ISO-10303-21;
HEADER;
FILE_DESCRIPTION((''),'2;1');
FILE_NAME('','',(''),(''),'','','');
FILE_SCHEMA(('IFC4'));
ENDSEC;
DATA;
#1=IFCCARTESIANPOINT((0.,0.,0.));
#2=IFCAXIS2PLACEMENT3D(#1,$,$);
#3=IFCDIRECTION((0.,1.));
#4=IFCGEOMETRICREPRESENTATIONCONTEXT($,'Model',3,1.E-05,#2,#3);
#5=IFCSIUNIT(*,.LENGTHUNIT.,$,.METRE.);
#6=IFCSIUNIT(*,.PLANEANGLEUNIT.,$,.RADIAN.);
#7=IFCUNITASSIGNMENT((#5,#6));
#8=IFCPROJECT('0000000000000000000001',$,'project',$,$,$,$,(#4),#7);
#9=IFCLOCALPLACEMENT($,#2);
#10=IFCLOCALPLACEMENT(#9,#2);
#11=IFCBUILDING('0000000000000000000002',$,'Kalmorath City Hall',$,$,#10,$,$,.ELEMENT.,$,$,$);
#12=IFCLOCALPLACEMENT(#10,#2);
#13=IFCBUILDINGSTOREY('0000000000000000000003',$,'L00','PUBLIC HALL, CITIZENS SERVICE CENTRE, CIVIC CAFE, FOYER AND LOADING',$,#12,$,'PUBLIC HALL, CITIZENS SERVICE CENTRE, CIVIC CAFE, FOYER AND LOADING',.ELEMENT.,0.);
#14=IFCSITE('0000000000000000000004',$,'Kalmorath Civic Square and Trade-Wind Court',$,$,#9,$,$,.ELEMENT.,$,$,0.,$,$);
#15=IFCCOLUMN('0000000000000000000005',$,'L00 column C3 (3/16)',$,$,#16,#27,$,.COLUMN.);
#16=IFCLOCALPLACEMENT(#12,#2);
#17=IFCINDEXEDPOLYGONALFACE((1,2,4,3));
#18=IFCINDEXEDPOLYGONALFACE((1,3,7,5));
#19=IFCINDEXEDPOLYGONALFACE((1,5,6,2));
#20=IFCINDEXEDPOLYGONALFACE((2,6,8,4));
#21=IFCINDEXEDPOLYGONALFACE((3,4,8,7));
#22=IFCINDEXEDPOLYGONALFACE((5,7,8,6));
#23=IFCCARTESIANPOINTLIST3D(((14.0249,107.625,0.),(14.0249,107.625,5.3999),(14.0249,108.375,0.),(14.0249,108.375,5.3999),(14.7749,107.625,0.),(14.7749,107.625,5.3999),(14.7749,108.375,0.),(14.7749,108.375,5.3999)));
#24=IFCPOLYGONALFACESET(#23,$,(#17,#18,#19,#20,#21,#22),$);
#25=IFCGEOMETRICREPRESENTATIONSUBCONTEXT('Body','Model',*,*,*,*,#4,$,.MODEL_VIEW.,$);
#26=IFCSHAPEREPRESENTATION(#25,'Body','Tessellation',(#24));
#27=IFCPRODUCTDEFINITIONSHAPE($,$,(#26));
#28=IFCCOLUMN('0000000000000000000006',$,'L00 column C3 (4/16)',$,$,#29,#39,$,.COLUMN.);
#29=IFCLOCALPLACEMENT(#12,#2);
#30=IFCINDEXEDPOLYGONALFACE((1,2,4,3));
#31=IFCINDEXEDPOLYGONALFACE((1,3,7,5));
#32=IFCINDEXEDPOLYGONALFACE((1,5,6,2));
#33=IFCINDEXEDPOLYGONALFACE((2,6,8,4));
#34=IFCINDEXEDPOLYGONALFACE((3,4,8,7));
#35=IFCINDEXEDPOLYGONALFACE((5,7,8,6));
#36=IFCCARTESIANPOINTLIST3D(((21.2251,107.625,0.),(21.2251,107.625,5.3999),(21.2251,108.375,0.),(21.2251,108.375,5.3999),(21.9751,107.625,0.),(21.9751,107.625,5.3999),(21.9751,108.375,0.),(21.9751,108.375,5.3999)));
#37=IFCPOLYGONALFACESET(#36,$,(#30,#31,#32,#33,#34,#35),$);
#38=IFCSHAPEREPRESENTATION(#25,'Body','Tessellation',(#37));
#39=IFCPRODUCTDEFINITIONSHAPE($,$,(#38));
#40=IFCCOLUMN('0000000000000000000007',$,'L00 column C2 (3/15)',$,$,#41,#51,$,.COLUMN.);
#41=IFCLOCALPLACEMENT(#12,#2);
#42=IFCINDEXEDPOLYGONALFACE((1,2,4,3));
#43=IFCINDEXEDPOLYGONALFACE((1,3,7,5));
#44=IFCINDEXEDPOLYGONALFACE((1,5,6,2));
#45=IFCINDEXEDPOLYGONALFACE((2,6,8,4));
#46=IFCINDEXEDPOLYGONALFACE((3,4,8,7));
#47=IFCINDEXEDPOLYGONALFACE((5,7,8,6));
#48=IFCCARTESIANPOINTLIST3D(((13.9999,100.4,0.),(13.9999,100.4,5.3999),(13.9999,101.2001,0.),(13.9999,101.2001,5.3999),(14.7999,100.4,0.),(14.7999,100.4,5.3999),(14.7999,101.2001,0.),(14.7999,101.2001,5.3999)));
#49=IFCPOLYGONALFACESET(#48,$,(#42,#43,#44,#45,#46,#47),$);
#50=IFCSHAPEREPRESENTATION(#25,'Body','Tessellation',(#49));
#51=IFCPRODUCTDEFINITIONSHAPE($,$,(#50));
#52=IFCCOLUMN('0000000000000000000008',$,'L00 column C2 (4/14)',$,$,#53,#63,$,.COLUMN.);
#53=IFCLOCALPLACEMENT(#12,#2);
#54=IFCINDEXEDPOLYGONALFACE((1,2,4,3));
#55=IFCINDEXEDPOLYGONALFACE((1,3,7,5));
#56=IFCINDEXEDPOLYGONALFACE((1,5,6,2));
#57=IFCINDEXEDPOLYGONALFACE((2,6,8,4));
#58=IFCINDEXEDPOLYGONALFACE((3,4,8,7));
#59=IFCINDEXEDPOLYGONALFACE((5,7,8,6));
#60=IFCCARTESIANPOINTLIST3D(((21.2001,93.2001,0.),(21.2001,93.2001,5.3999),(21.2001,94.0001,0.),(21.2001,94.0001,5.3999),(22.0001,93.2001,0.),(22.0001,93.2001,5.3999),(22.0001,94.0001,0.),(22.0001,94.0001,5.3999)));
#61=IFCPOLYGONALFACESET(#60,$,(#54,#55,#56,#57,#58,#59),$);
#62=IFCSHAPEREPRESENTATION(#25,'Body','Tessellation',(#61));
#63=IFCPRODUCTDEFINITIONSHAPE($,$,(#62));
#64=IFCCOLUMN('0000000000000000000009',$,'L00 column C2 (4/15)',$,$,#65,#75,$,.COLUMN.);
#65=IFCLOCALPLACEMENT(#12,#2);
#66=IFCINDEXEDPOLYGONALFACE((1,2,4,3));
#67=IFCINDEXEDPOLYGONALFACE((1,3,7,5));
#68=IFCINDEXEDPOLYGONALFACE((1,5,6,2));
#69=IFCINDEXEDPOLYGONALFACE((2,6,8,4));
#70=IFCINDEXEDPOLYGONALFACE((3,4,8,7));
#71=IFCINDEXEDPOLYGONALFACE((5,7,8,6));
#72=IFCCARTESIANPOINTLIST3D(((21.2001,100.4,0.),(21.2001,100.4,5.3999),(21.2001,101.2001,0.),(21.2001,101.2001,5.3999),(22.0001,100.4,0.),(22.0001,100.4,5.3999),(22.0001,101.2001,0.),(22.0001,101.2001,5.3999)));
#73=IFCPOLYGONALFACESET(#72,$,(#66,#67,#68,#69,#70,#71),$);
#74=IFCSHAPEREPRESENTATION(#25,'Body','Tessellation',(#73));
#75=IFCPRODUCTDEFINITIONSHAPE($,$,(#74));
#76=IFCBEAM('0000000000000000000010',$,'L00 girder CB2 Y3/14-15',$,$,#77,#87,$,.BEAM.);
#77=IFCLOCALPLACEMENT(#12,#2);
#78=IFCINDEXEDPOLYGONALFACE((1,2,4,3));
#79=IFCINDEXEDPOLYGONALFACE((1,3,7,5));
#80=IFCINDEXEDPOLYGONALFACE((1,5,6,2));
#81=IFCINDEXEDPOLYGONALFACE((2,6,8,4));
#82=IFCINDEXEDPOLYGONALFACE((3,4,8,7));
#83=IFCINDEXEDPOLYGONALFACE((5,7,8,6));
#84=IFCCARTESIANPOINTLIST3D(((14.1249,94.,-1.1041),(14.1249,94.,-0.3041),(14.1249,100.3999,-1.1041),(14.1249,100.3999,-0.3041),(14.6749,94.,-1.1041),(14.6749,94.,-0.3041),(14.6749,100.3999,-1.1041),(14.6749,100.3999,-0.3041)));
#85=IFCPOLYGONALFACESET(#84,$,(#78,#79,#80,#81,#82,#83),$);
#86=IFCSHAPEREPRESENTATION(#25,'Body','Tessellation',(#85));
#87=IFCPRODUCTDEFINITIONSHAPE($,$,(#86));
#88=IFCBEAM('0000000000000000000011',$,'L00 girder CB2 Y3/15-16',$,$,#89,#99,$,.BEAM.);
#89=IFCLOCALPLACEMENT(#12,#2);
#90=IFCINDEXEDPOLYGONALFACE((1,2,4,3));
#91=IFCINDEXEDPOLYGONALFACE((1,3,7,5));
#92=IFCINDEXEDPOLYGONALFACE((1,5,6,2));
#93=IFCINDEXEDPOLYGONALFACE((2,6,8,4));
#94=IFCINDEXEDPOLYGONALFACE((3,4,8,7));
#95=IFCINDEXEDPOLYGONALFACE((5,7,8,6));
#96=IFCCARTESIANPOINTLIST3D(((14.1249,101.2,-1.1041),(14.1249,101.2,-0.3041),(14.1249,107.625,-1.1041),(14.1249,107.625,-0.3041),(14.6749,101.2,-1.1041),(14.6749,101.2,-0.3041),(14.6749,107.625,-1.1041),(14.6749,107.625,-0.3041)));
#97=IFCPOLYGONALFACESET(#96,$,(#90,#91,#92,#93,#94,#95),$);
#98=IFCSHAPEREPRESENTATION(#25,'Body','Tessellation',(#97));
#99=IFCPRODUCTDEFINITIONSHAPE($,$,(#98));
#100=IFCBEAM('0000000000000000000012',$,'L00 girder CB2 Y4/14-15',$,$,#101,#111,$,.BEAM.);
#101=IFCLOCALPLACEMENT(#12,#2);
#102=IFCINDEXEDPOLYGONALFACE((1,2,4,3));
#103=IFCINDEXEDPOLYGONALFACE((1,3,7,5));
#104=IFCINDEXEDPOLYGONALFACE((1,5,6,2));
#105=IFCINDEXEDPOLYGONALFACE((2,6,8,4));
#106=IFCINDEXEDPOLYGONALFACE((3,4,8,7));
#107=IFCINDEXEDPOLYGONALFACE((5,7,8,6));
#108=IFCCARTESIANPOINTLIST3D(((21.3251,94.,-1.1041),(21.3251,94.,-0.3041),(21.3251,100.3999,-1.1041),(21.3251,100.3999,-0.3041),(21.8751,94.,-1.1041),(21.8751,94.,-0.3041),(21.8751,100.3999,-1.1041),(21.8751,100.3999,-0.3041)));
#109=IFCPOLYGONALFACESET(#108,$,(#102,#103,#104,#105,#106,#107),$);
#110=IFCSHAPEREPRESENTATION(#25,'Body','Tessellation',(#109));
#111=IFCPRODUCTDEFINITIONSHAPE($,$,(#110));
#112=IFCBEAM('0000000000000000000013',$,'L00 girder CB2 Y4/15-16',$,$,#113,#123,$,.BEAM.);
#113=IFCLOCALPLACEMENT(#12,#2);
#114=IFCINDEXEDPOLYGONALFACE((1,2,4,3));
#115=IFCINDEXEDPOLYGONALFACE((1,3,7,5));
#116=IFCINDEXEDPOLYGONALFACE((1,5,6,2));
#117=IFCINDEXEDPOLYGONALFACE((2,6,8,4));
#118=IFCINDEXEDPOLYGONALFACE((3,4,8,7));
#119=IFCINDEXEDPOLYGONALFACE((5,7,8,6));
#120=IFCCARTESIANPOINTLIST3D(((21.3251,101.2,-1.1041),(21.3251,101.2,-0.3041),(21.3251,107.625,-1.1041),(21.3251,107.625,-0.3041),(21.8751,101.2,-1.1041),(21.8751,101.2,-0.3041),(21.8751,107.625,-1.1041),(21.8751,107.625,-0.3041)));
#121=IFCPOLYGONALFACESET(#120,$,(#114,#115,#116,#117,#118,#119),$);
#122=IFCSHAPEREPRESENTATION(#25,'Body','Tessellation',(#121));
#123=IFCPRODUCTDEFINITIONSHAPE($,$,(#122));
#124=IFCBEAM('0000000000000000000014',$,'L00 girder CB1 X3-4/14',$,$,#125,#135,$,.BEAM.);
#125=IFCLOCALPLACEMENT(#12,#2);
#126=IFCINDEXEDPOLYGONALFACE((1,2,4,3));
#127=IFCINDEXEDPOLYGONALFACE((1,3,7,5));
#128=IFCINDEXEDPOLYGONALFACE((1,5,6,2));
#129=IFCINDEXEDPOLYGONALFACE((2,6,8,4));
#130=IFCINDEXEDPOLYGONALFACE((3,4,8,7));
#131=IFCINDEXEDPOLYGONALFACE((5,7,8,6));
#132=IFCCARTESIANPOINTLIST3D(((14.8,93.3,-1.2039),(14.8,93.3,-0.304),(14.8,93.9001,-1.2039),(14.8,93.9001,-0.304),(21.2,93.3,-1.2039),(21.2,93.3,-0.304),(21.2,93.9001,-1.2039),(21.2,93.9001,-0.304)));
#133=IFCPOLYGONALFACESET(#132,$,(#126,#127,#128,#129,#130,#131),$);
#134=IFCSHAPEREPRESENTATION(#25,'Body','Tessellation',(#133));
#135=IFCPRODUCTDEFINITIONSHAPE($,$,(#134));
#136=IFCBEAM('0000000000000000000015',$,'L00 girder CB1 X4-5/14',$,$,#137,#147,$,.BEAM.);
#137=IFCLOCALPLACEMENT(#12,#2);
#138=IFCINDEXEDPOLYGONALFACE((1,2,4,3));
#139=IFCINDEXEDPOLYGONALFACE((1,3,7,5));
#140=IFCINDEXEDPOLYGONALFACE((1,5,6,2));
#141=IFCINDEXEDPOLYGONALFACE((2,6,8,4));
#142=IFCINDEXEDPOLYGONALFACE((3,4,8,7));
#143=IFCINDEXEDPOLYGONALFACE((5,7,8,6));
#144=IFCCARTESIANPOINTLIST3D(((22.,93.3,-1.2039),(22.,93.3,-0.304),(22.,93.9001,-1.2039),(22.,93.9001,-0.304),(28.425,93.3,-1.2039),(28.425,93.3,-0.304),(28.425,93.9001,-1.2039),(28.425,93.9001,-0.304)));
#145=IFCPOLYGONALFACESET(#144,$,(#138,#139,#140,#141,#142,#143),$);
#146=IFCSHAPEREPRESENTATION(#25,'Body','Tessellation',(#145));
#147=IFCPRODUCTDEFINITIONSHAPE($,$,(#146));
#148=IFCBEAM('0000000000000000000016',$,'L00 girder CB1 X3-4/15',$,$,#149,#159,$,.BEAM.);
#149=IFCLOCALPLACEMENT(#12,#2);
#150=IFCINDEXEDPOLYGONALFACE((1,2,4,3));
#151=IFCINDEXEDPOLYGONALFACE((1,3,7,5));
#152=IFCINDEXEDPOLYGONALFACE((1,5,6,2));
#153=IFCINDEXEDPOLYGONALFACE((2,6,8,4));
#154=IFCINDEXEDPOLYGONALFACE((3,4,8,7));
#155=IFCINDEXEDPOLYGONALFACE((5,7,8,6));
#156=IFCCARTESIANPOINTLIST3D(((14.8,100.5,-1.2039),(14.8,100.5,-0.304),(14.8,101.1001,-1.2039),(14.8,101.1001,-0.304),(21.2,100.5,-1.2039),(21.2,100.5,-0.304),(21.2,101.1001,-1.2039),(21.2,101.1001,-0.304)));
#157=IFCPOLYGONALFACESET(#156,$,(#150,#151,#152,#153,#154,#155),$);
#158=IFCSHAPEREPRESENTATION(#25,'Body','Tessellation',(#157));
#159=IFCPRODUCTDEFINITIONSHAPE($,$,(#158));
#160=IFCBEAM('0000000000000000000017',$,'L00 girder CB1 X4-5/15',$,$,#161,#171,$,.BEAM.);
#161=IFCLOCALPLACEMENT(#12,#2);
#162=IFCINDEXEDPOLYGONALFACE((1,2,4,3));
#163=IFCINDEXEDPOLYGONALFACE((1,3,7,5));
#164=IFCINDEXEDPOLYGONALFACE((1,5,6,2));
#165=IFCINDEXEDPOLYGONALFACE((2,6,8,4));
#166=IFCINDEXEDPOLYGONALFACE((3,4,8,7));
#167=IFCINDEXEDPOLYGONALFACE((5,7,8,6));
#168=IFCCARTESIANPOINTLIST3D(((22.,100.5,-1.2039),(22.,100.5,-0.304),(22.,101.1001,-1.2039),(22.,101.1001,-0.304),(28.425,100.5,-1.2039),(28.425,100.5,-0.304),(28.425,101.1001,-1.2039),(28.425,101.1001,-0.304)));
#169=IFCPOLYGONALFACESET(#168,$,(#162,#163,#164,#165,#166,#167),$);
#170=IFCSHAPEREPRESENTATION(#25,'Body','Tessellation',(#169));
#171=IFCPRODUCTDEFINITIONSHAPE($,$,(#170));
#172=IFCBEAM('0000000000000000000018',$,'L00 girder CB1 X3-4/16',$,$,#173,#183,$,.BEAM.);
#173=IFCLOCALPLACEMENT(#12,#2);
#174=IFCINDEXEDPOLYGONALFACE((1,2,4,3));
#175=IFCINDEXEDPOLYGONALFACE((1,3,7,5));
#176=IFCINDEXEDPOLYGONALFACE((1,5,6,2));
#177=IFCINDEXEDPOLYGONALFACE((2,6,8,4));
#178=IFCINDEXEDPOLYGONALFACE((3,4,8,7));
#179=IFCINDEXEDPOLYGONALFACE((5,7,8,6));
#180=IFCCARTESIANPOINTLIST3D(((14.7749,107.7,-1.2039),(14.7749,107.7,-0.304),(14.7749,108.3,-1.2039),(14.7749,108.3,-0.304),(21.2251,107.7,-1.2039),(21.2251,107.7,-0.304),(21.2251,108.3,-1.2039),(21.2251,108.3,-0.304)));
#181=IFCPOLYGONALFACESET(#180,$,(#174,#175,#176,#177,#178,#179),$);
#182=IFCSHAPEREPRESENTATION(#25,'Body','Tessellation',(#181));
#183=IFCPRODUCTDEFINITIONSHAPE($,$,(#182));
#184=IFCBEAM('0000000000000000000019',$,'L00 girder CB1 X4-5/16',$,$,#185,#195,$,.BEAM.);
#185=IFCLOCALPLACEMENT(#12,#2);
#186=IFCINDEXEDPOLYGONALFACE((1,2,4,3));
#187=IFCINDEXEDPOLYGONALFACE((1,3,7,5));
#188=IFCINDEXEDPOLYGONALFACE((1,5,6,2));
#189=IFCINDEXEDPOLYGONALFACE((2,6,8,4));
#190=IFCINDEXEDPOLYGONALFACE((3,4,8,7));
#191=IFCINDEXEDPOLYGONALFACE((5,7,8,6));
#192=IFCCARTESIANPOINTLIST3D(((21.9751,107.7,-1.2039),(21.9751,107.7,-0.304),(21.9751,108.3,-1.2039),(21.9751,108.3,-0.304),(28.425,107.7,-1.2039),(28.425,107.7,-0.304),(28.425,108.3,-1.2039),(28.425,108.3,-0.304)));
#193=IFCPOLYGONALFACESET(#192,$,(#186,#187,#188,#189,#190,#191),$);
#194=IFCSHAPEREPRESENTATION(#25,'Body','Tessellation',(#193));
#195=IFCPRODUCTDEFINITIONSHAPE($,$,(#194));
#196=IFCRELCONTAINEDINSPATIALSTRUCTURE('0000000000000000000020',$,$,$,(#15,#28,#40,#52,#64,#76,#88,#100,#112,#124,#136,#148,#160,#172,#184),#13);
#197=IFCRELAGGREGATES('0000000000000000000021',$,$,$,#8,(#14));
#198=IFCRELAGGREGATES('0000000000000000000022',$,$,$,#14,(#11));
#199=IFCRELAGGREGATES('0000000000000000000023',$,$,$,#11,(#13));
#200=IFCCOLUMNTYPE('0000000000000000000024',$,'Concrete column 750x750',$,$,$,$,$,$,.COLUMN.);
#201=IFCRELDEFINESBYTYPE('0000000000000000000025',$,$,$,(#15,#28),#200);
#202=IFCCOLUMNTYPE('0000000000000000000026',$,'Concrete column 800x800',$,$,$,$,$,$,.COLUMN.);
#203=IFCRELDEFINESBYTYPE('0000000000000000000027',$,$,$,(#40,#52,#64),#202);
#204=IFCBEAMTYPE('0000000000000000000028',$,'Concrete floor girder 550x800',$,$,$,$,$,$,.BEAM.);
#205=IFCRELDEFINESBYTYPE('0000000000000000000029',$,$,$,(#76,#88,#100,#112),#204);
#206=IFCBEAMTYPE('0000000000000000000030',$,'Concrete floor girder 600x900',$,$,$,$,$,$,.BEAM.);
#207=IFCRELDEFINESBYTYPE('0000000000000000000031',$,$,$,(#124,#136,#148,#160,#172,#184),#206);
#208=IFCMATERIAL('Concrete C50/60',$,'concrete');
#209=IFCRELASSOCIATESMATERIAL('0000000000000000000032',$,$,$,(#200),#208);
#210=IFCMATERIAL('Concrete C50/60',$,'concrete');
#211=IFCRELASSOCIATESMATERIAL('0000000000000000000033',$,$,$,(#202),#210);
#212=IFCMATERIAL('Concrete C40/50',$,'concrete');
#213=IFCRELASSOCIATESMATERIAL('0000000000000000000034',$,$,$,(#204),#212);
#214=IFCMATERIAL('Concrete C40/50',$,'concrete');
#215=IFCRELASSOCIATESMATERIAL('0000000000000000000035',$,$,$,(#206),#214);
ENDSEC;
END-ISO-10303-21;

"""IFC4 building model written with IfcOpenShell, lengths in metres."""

from ifc_helpers import new_model, si_unit, direction, frame, origin, origin_2d, place, context, subcontext, project, spatial, rectangle, extrude, material, material_profile, profile_set, type_object, element, save


model = new_model("IFC4")

# Units and contexts
model_context = context("Model", 3, precision=1e-05, world=origin(), true_north=direction((0.0, 1.0)))
body_context = subcontext(model_context, "Body", "Model", "MODEL_VIEW")
ifc_project = project(units=[si_unit("LENGTHUNIT", "METRE"), si_unit("PLANEANGLEUNIT", "RADIAN")], contexts=[model_context])

# Site, building, storey
site_placement = place(None, origin())
site = spatial("IfcSite", under=ifc_project, at=site_placement, Name="Kalmorath Civic Square and Trade-Wind Court", CompositionType="ELEMENT", RefElevation=0.0)
building_placement = place(site_placement, origin())
building = spatial("IfcBuilding", under=site, at=building_placement, Name="Kalmorath City Hall", CompositionType="ELEMENT")
storey_placement = place(building_placement, origin())
storey = spatial("IfcBuildingStorey", under=building, at=storey_placement, Name="L00", Description="PUBLIC HALL, CITIZENS SERVICE CENTRE, CIVIC CAFE, FOYER AND LOADING", LongName="PUBLIC HALL, CITIZENS SERVICE CENTRE, CIVIC CAFE, FOYER AND LOADING", CompositionType="ELEMENT", Elevation=0.0)

# Columns
ifc_material_1 = material(Name="Concrete C50/60", Category="concrete")
ifc_material_profile_1 = material_profile(ifc_material_1, rectangle(XDim=0.75, YDim=0.75, at=origin_2d()), Name="RC-COL-750X750")
ifc_profile_set_1 = profile_set([ifc_material_profile_1], Name="Concrete C50/60")
column_type_1 = type_object("IfcColumnType", Name="Concrete column 750x750", PredefinedType="COLUMN", material=ifc_profile_set_1)
for number, where, z_axis, x_axis, name in (
    (1, (14.3999, 108.0, 0.0), (0.0, 0.0, 1.0), (1.0, 0.0, 0.0), "L00 column C3 (3/16)"),
    (2, (21.6001, 108.0, 0.0), (0.0, 0.0, 1.0), (1.0, 0.0, 0.0), "L00 column C3 (4/16)"),
):
    element("IfcColumn", number, at=place(storey_placement, frame(where, z_axis=z_axis, x_axis=x_axis)), inside=storey, type_object=column_type_1, Name=name, PredefinedType="COLUMN", context=body_context, shape_type="SweptSolid", body=[
        extrude(rectangle(XDim=0.75, YDim=0.75, at=origin_2d()), origin(), (0.0, 0.0, 1.0), 5.3999),
    ])
ifc_material_2 = material(Name="Concrete C50/60", Category="concrete")
ifc_material_profile_2 = material_profile(ifc_material_2, rectangle(XDim=0.8, YDim=0.8, at=origin_2d()), Name="RC-COL-800X800")
ifc_profile_set_2 = profile_set([ifc_material_profile_2], Name="Concrete C50/60")
column_type_2 = type_object("IfcColumnType", Name="Concrete column 800x800", PredefinedType="COLUMN", material=ifc_profile_set_2)
for number, where, z_axis, x_axis, name in (
    (3, (14.3999, 100.8, 0.0), (0.0, 0.0, 1.0), (1.0, 0.0, 0.0), "L00 column C2 (3/15)"),
    (4, (21.6001, 93.6001, 0.0), (0.0, 0.0, 1.0), (1.0, 0.0, 0.0), "L00 column C2 (4/14)"),
    (5, (21.6001, 100.8, 0.0), (0.0, 0.0, 1.0), (1.0, 0.0, 0.0), "L00 column C2 (4/15)"),
):
    element("IfcColumn", number, at=place(storey_placement, frame(where, z_axis=z_axis, x_axis=x_axis)), inside=storey, type_object=column_type_2, Name=name, PredefinedType="COLUMN", context=body_context, shape_type="SweptSolid", body=[
        extrude(rectangle(XDim=0.8, YDim=0.8, at=origin_2d()), origin(), (0.0, 0.0, 1.0), 5.3999),
    ])

# Beams
ifc_material_3 = material(Name="Concrete C40/50", Category="concrete")
ifc_material_profile_3 = material_profile(ifc_material_3, rectangle(XDim=0.55, YDim=0.8, at=origin_2d()), Name="RC-BM-550X800")
ifc_profile_set_3 = profile_set([ifc_material_profile_3], Name="Concrete C40/50")
beam_type_1 = type_object("IfcBeamType", Name="Concrete floor girder 550x800", PredefinedType="BEAM", material=ifc_profile_set_3)
beam_1_placement = place(storey_placement, frame((14.3999, 94.0, -0.7041), z_axis=(0.0, 1.0, 0.0), x_axis=(-1.0, 0.0, 0.0)))
element("IfcBeam", 6, at=beam_1_placement, inside=storey, type_object=beam_type_1, Name="L00 girder CB2 Y3/14-15", PredefinedType="BEAM", context=body_context, shape_type="SweptSolid", body=[
    extrude(rectangle(XDim=0.55, YDim=0.8, at=origin_2d()), origin(), (0.0, 0.0, 1.0), 6.3999),
])
beam_2_placement = place(storey_placement, frame((14.3999, 101.2, -0.7041), z_axis=(0.0, 1.0, 0.0), x_axis=(-1.0, 0.0, 0.0)))
element("IfcBeam", 7, at=beam_2_placement, inside=storey, type_object=beam_type_1, Name="L00 girder CB2 Y3/15-16", PredefinedType="BEAM", context=body_context, shape_type="SweptSolid", body=[
    extrude(rectangle(XDim=0.55, YDim=0.8, at=origin_2d()), origin(), (0.0, 0.0, 1.0), 6.425),
])
beam_3_placement = place(storey_placement, frame((21.6001, 94.0, -0.7041), z_axis=(0.0, 1.0, 0.0), x_axis=(-1.0, 0.0, 0.0)))
element("IfcBeam", 8, at=beam_3_placement, inside=storey, type_object=beam_type_1, Name="L00 girder CB2 Y4/14-15", PredefinedType="BEAM", context=body_context, shape_type="SweptSolid", body=[
    extrude(rectangle(XDim=0.55, YDim=0.8, at=origin_2d()), origin(), (0.0, 0.0, 1.0), 6.3999),
])
beam_4_placement = place(storey_placement, frame((21.6001, 101.2, -0.7041), z_axis=(0.0, 1.0, 0.0), x_axis=(-1.0, 0.0, 0.0)))
element("IfcBeam", 9, at=beam_4_placement, inside=storey, type_object=beam_type_1, Name="L00 girder CB2 Y4/15-16", PredefinedType="BEAM", context=body_context, shape_type="SweptSolid", body=[
    extrude(rectangle(XDim=0.55, YDim=0.8, at=origin_2d()), origin(), (0.0, 0.0, 1.0), 6.425),
])
ifc_material_4 = material(Name="Concrete C40/50", Category="concrete")
ifc_material_profile_4 = material_profile(ifc_material_4, rectangle(XDim=0.6001, YDim=0.8999, at=origin_2d()), Name="RC-BM-600X900")
ifc_profile_set_4 = profile_set([ifc_material_profile_4], Name="Concrete C40/50")
beam_type_2 = type_object("IfcBeamType", Name="Concrete floor girder 600x900", PredefinedType="BEAM", material=ifc_profile_set_4)
beam_5_placement = place(storey_placement, frame((14.8, 93.6001, -0.7539), z_axis=(1.0, 0.0, 0.0), x_axis=(0.0, 1.0, 0.0)))
element("IfcBeam", 10, at=beam_5_placement, inside=storey, type_object=beam_type_2, Name="L00 girder CB1 X3-4/14", PredefinedType="BEAM", context=body_context, shape_type="SweptSolid", body=[
    extrude(rectangle(XDim=0.6001, YDim=0.8999, at=origin_2d()), origin(), (0.0, 0.0, 1.0), 6.3999),
])
beam_6_placement = place(storey_placement, frame((22.0, 93.6001, -0.7539), z_axis=(1.0, 0.0, 0.0), x_axis=(0.0, 1.0, 0.0)))
element("IfcBeam", 11, at=beam_6_placement, inside=storey, type_object=beam_type_2, Name="L00 girder CB1 X4-5/14", PredefinedType="BEAM", context=body_context, shape_type="SweptSolid", body=[
    extrude(rectangle(XDim=0.6001, YDim=0.8999, at=origin_2d()), origin(), (0.0, 0.0, 1.0), 6.425),
])
beam_7_placement = place(storey_placement, frame((14.8, 100.8, -0.7539), z_axis=(1.0, 0.0, 0.0), x_axis=(0.0, 1.0, 0.0)))
element("IfcBeam", 12, at=beam_7_placement, inside=storey, type_object=beam_type_2, Name="L00 girder CB1 X3-4/15", PredefinedType="BEAM", context=body_context, shape_type="SweptSolid", body=[
    extrude(rectangle(XDim=0.6001, YDim=0.8999, at=origin_2d()), origin(), (0.0, 0.0, 1.0), 6.3999),
])
beam_8_placement = place(storey_placement, frame((22.0, 100.8, -0.7539), z_axis=(1.0, 0.0, 0.0), x_axis=(0.0, 1.0, 0.0)))
element("IfcBeam", 13, at=beam_8_placement, inside=storey, type_object=beam_type_2, Name="L00 girder CB1 X4-5/15", PredefinedType="BEAM", context=body_context, shape_type="SweptSolid", body=[
    extrude(rectangle(XDim=0.6001, YDim=0.8999, at=origin_2d()), origin(), (0.0, 0.0, 1.0), 6.425),
])
beam_9_placement = place(storey_placement, frame((14.7749, 108.0, -0.7539), z_axis=(1.0, 0.0, 0.0), x_axis=(0.0, 1.0, 0.0)))
element("IfcBeam", 14, at=beam_9_placement, inside=storey, type_object=beam_type_2, Name="L00 girder CB1 X3-4/16", PredefinedType="BEAM", context=body_context, shape_type="SweptSolid", body=[
    extrude(rectangle(XDim=0.6001, YDim=0.8999, at=origin_2d()), origin(), (0.0, 0.0, 1.0), 6.4502),
])
beam_10_placement = place(storey_placement, frame((21.9751, 108.0, -0.7539), z_axis=(1.0, 0.0, 0.0), x_axis=(0.0, 1.0, 0.0)))
element("IfcBeam", 15, at=beam_10_placement, inside=storey, type_object=beam_type_2, Name="L00 girder CB1 X4-5/16", PredefinedType="BEAM", context=body_context, shape_type="SweptSolid", body=[
    extrude(rectangle(XDim=0.6001, YDim=0.8999, at=origin_2d()), origin(), (0.0, 0.0, 1.0), 6.45),
])

save(model, "model.ifc")
